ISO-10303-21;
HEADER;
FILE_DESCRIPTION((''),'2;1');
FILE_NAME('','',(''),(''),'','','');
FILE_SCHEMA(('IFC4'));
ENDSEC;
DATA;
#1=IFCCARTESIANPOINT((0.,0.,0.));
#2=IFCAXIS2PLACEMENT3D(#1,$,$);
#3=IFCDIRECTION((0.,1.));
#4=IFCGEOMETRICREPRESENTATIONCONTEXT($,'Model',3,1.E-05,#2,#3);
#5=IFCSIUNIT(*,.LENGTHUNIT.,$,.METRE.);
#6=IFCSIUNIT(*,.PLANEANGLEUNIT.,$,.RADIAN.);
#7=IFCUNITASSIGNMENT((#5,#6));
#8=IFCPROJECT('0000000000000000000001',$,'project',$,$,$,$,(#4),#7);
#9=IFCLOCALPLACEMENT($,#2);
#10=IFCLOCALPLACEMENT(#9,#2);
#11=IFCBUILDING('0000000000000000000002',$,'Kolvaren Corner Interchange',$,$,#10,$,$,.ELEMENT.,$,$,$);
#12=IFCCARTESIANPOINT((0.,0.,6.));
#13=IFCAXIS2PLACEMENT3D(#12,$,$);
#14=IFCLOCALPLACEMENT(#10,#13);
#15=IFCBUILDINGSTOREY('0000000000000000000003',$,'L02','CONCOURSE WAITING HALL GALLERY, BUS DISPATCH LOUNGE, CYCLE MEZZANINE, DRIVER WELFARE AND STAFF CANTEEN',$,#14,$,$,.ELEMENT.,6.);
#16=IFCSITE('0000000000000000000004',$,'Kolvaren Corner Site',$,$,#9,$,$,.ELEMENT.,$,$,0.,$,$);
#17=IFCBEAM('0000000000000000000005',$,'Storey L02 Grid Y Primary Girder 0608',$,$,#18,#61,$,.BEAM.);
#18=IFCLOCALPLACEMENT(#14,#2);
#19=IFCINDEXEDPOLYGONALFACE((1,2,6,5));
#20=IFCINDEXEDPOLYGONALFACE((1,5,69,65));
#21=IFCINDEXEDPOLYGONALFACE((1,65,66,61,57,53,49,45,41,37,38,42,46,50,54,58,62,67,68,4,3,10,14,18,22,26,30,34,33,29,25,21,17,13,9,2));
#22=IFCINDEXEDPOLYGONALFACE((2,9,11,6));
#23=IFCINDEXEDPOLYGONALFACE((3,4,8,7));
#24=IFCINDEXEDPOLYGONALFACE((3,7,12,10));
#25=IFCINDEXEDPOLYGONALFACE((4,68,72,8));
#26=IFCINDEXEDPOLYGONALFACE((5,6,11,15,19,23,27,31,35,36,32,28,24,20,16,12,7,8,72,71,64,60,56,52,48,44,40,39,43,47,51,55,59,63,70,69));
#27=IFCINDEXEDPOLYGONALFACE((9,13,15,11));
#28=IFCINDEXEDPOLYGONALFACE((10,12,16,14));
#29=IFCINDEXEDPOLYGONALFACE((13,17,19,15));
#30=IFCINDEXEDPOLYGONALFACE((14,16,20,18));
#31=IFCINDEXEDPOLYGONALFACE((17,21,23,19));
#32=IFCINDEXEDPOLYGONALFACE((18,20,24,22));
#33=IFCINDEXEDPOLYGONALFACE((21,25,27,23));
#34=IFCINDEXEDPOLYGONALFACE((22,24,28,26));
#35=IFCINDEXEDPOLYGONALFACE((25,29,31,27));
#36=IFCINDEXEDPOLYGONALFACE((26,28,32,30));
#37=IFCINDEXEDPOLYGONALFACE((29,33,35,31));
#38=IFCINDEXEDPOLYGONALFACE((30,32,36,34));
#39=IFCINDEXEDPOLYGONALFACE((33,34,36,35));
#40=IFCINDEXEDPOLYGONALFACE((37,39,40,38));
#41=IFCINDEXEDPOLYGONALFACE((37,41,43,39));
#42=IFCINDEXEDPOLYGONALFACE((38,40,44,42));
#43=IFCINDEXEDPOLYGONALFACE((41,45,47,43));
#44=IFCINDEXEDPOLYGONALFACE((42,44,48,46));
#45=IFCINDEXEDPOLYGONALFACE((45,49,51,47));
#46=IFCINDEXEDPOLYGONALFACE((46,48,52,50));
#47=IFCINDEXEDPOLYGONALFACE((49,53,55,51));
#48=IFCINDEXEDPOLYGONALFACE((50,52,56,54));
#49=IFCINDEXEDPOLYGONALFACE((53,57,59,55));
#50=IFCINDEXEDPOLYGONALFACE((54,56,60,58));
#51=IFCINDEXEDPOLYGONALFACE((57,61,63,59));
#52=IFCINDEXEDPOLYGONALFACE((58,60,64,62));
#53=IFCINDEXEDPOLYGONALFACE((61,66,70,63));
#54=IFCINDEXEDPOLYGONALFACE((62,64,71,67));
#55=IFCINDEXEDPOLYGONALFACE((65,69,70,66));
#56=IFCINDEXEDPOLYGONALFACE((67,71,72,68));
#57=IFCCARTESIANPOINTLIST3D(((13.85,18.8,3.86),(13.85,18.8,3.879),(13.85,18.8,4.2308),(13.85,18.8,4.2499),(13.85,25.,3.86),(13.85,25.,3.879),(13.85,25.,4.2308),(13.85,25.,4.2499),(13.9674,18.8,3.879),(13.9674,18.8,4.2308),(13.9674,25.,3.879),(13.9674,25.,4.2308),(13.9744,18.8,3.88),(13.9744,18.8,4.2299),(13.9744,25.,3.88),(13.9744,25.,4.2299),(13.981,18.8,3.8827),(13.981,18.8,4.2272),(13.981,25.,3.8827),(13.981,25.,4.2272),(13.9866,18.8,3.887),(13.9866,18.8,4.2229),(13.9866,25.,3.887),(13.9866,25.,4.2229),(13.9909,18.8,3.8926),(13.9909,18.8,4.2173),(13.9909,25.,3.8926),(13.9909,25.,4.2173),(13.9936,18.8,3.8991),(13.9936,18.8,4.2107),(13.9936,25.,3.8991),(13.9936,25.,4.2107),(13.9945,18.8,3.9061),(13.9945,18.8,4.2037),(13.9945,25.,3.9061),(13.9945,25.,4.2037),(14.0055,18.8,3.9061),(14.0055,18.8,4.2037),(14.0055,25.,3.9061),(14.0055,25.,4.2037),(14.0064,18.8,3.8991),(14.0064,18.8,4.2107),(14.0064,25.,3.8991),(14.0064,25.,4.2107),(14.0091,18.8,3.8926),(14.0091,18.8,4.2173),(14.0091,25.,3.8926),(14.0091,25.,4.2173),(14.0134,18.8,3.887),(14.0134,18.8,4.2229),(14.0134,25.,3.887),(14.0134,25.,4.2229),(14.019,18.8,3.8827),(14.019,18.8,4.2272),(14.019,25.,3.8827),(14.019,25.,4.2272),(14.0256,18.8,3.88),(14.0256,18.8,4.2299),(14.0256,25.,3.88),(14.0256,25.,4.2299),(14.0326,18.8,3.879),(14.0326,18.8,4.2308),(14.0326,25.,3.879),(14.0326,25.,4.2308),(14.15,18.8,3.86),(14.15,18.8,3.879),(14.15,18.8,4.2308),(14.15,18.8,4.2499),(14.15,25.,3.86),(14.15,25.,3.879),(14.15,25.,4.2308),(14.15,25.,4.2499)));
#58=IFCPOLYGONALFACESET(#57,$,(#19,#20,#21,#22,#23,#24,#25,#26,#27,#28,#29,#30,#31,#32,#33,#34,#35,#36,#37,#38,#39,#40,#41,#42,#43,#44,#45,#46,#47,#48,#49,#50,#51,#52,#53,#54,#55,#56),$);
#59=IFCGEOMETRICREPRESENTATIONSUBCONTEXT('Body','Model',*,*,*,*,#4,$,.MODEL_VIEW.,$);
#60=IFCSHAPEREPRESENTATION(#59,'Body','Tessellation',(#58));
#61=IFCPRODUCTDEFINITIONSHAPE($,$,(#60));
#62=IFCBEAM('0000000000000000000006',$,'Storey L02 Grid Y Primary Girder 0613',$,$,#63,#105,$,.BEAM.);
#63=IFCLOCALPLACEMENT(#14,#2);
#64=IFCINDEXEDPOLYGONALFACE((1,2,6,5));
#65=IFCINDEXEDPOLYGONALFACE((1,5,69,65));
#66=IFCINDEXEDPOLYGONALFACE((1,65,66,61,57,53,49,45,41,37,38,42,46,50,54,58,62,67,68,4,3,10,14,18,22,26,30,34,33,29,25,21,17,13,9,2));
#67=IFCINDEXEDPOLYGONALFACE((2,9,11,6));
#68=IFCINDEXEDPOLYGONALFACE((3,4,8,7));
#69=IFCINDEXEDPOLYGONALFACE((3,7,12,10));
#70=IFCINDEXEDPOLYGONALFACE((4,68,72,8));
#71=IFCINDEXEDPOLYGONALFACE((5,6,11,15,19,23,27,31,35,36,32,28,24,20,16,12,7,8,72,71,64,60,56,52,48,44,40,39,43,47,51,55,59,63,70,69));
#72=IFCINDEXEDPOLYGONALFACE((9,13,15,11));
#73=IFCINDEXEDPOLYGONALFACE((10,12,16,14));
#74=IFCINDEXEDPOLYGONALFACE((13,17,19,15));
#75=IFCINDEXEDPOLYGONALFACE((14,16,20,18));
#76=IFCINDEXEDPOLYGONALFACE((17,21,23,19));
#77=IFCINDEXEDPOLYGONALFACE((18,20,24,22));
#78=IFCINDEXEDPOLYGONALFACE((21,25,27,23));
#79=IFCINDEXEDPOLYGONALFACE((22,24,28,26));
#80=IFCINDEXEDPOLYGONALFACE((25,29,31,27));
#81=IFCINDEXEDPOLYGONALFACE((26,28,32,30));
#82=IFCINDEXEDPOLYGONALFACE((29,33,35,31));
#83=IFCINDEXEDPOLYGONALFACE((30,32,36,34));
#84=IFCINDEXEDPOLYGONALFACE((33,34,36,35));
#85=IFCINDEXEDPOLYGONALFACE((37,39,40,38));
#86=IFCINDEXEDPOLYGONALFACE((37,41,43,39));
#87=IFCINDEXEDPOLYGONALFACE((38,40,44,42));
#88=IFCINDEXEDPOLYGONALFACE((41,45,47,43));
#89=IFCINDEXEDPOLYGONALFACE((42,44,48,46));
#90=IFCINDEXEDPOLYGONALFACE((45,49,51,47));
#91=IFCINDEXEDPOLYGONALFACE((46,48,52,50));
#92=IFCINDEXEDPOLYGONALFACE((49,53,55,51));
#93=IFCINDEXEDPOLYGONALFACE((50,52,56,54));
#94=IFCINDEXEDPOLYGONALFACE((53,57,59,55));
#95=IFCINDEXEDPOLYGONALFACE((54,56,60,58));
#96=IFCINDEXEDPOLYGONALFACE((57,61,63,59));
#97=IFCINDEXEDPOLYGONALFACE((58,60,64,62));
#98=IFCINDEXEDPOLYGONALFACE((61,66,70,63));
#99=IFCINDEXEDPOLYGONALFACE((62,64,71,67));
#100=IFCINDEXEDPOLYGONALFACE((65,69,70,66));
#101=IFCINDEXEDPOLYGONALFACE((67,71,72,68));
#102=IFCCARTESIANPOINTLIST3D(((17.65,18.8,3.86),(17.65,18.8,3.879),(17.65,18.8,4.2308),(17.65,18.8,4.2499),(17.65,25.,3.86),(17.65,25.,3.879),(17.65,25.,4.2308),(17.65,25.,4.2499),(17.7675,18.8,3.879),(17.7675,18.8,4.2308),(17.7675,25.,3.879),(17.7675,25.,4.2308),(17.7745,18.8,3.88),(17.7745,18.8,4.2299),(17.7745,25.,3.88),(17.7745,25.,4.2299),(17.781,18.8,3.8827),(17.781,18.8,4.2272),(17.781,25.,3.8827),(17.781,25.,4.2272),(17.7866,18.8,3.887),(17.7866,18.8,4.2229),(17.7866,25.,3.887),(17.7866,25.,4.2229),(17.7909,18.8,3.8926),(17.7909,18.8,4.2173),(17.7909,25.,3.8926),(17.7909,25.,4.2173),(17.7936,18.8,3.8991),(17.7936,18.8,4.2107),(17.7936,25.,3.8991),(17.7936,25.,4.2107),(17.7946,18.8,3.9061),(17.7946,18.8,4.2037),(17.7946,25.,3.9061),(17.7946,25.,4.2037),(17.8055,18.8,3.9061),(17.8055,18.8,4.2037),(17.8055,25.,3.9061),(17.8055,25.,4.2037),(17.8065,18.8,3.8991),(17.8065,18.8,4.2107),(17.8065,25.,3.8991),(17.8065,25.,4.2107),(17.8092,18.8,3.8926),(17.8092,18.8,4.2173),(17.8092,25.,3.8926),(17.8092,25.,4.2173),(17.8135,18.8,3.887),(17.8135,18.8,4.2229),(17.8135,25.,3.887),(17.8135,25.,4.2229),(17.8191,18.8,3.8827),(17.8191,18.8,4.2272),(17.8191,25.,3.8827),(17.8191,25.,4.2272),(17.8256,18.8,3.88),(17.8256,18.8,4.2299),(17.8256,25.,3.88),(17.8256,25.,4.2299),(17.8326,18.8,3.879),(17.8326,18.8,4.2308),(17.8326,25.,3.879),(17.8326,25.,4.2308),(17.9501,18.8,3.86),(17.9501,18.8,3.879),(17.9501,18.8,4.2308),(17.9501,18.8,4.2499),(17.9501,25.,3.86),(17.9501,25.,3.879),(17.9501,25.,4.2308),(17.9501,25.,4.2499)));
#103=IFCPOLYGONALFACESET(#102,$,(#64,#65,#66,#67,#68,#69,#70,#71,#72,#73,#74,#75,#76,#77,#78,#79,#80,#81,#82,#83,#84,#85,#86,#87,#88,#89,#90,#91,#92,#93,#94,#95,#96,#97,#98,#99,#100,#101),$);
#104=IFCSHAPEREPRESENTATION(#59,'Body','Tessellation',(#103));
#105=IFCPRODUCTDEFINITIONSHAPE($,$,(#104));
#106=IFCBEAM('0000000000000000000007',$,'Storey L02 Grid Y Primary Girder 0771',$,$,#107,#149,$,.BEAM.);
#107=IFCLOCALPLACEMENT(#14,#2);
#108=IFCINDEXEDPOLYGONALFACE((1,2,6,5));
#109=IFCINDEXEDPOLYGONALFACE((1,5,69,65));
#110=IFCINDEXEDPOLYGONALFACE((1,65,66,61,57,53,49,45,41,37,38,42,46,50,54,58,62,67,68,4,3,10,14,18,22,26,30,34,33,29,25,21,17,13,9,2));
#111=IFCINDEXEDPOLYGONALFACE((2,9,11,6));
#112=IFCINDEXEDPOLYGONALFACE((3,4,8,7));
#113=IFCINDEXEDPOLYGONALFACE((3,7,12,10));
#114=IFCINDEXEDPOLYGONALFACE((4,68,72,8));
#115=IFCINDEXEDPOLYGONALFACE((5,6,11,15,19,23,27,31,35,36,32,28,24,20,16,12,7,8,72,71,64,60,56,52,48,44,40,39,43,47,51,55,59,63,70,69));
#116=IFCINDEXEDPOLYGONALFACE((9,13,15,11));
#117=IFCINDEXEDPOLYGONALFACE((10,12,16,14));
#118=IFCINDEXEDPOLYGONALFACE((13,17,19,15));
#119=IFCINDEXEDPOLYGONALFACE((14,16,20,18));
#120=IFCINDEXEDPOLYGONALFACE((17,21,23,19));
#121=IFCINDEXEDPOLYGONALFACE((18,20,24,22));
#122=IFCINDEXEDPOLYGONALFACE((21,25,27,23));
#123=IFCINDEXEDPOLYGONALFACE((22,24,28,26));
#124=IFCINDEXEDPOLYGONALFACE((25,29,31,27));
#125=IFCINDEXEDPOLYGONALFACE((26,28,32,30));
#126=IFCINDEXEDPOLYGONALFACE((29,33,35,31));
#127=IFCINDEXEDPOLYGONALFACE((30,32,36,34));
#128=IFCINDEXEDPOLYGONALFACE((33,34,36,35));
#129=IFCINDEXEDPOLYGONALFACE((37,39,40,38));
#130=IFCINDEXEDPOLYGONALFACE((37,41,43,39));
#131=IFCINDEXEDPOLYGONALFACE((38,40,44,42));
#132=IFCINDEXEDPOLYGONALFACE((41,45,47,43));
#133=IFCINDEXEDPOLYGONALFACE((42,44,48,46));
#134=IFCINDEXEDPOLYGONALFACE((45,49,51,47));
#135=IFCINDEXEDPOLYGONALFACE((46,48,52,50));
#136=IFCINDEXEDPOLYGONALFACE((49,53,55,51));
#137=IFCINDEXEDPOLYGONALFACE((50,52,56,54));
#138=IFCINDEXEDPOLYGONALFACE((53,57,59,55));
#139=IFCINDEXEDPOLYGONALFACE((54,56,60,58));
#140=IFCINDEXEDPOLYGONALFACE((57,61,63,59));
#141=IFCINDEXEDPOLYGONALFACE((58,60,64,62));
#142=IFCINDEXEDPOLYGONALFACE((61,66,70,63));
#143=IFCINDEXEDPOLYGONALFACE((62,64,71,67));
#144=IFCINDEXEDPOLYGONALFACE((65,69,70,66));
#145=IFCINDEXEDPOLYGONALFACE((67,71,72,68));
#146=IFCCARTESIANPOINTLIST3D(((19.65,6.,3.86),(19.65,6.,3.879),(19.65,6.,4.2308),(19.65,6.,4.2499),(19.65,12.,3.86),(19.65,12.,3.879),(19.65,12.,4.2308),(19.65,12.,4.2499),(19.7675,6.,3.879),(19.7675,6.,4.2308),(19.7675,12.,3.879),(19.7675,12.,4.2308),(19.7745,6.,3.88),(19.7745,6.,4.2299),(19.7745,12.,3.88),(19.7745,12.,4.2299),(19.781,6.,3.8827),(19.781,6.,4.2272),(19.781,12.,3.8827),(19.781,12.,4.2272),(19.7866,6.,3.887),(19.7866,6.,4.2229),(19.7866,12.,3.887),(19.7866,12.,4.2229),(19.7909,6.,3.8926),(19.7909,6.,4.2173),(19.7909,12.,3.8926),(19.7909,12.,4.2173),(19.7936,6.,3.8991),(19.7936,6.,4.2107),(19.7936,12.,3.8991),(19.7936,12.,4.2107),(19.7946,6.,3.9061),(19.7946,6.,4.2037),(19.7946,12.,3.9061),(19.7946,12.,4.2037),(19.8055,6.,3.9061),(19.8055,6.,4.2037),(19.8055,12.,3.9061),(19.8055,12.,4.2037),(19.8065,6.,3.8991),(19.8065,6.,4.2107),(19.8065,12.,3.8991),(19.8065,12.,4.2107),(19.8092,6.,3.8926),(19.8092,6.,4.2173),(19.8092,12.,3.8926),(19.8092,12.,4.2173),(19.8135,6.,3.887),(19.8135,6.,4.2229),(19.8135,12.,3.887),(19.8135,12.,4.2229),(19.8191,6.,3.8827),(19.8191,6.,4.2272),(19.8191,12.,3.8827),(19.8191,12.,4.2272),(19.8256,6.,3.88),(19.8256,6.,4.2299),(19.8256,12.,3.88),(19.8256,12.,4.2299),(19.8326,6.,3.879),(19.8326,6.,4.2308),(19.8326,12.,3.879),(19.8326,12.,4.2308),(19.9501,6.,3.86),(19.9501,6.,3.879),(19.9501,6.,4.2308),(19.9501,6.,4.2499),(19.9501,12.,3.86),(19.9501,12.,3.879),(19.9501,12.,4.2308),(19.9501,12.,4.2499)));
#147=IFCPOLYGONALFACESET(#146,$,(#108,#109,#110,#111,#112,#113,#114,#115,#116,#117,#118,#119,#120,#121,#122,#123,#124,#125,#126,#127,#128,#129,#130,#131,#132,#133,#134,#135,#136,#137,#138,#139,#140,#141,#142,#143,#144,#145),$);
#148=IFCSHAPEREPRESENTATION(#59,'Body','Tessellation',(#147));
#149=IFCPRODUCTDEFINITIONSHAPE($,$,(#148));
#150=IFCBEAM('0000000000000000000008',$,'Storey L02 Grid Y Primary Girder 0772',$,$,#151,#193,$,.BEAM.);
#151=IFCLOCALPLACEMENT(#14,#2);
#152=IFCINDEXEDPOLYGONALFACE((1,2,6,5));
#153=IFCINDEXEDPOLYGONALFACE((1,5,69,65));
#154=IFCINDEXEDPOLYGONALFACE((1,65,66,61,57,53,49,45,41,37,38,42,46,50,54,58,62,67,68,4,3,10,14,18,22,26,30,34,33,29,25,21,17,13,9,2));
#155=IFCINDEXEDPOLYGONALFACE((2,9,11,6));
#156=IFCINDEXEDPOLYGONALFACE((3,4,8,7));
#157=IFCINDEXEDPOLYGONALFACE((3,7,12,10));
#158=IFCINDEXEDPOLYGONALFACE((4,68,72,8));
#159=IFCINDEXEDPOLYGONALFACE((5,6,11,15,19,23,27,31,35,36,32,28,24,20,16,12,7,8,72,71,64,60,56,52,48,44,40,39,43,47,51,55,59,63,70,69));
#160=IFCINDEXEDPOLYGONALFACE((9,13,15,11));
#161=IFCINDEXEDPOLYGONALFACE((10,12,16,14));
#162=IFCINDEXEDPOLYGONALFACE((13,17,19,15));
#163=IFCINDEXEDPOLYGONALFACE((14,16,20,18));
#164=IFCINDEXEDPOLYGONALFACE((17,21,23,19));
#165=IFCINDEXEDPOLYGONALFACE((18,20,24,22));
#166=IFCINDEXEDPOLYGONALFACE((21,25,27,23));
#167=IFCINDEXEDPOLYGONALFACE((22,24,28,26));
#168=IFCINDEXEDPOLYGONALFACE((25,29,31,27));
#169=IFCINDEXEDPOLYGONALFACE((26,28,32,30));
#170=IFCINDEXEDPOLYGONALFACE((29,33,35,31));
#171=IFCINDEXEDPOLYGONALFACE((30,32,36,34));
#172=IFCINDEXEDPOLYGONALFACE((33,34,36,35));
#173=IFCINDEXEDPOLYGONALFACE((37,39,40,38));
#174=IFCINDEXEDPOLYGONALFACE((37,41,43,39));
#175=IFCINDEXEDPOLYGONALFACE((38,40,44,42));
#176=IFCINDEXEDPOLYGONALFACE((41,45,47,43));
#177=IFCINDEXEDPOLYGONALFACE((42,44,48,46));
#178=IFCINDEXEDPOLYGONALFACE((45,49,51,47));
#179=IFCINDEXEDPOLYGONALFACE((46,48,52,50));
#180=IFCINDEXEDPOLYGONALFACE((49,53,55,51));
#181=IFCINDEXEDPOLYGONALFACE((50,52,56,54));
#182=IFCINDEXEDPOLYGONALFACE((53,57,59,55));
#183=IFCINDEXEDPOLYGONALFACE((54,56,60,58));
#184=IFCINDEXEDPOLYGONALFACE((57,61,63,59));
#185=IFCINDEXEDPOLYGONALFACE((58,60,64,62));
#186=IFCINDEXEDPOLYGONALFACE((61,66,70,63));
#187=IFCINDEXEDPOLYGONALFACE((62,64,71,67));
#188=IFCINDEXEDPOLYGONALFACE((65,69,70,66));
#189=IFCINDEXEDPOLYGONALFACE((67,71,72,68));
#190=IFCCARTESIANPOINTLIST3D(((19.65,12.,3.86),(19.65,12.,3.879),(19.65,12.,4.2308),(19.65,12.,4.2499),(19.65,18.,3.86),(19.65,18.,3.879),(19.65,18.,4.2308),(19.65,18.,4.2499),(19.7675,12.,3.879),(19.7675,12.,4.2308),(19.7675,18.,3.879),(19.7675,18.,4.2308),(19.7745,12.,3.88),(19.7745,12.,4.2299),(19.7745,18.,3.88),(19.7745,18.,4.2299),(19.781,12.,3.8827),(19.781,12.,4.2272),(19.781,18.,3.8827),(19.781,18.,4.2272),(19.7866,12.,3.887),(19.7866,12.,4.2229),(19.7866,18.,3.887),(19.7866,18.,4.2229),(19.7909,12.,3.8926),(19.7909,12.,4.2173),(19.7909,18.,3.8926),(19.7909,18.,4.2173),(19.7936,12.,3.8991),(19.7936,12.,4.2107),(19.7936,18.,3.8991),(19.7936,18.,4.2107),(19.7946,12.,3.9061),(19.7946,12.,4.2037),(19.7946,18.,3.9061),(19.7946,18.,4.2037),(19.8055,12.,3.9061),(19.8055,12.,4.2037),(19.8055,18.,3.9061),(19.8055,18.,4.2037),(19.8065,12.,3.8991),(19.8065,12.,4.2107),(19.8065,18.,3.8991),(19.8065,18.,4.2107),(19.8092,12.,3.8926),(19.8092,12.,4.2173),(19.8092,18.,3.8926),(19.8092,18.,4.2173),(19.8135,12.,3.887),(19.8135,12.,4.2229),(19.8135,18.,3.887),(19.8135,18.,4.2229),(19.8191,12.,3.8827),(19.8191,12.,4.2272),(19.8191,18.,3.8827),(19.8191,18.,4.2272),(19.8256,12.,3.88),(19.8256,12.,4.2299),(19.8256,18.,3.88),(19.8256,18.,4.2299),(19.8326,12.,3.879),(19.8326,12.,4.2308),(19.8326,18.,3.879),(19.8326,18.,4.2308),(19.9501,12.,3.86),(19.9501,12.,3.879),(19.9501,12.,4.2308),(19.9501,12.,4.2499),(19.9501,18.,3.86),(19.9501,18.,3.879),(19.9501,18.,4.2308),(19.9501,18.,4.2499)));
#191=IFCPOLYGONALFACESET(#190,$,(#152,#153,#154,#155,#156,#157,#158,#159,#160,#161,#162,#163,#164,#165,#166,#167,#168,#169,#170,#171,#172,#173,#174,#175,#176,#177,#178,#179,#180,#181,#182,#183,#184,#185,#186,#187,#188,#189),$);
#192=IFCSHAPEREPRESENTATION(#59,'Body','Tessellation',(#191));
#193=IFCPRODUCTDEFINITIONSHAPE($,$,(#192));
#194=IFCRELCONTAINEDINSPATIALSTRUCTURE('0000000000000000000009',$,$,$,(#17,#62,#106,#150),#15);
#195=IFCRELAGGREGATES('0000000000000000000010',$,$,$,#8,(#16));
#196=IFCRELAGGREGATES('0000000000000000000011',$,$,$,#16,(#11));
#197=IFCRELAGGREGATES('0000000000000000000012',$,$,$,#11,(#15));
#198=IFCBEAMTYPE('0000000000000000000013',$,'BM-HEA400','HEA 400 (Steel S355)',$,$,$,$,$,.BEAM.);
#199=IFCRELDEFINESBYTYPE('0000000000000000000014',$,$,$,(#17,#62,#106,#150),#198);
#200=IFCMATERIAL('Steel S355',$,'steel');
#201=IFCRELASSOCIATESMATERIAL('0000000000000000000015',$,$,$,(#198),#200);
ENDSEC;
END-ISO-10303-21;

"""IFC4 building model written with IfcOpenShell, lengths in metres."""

from ifc_helpers import new_model, si_unit, direction, frame, origin, origin_2d, place, context, subcontext, project, spatial, i_section, extrude, material, material_profile, profile_set, type_object, element, save


model = new_model("IFC4")

# Units and contexts
model_context = context("Model", 3, precision=1e-05, world=origin(), true_north=direction((0.0, 1.0)))
body_context = subcontext(model_context, "Body", "Model", "MODEL_VIEW")
ifc_project = project(units=[si_unit("LENGTHUNIT", "METRE"), si_unit("PLANEANGLEUNIT", "RADIAN")], contexts=[model_context])

# Site, building, storey
site_placement = place(None, origin())
site = spatial("IfcSite", under=ifc_project, at=site_placement, Name="Kolvaren Corner Site", CompositionType="ELEMENT", RefElevation=0.0)
building_placement = place(site_placement, origin())
building = spatial("IfcBuilding", under=site, at=building_placement, Name="Kolvaren Corner Interchange", CompositionType="ELEMENT")
storey_placement = place(building_placement, frame((0.0, 0.0, 6.0)))
storey = spatial("IfcBuildingStorey", under=building, at=storey_placement, Name="L02", Description="CONCOURSE WAITING HALL GALLERY, BUS DISPATCH LOUNGE, CYCLE MEZZANINE, DRIVER WELFARE AND STAFF CANTEEN", CompositionType="ELEMENT", Elevation=6.0)

# Beams
ifc_material_1 = material(Name="Steel S355", Category="steel")
ifc_material_profile_1 = material_profile(ifc_material_1, i_section(OverallWidth=0.3, OverallDepth=0.3899, WebThickness=0.011, FlangeThickness=0.019, FilletRadius=0.0271, at=origin_2d()), Name="HEA 400")
ifc_profile_set_1 = profile_set([ifc_material_profile_1], Name="Steel S355")
beam_type_1 = type_object("IfcBeamType", Name="BM-HEA400", Description="HEA 400 (Steel S355)", PredefinedType="BEAM", material=ifc_profile_set_1)
for number, where, z_axis, x_axis, name in (
    (1, (14.0, 18.8, 4.0549), (0.0, 1.0, 0.0), (-1.0, 0.0, 0.0), "Storey L02 Grid Y Primary Girder 0608"),
    (2, (17.8, 18.8, 4.0549), (0.0, 1.0, 0.0), (-1.0, 0.0, 0.0), "Storey L02 Grid Y Primary Girder 0613"),
):
    element("IfcBeam", number, at=place(storey_placement, frame(where, z_axis=z_axis, x_axis=x_axis)), inside=storey, type_object=beam_type_1, Name=name, PredefinedType="BEAM", context=body_context, shape_type="SweptSolid", body=[
        extrude(i_section(OverallWidth=0.3, OverallDepth=0.3899, WebThickness=0.011, FlangeThickness=0.019, FilletRadius=0.0271, at=origin_2d()), origin(), (0.0, 0.0, 1.0), 6.2),
    ])
for number, where, z_axis, x_axis, name in (
    (3, (19.8, 6.0, 4.0549), (0.0, 1.0, 0.0), (-1.0, 0.0, 0.0), "Storey L02 Grid Y Primary Girder 0771"),
    (4, (19.8, 12.0, 4.0549), (0.0, 1.0, 0.0), (-1.0, 0.0, 0.0), "Storey L02 Grid Y Primary Girder 0772"),
):
    element("IfcBeam", number, at=place(storey_placement, frame(where, z_axis=z_axis, x_axis=x_axis)), inside=storey, type_object=beam_type_1, Name=name, PredefinedType="BEAM", context=body_context, shape_type="SweptSolid", body=[
        extrude(i_section(OverallWidth=0.3, OverallDepth=0.3899, WebThickness=0.011, FlangeThickness=0.019, FilletRadius=0.0271, at=origin_2d()), origin(), (0.0, 0.0, 1.0), 6.0),
    ])

save(model, "model.ifc")
